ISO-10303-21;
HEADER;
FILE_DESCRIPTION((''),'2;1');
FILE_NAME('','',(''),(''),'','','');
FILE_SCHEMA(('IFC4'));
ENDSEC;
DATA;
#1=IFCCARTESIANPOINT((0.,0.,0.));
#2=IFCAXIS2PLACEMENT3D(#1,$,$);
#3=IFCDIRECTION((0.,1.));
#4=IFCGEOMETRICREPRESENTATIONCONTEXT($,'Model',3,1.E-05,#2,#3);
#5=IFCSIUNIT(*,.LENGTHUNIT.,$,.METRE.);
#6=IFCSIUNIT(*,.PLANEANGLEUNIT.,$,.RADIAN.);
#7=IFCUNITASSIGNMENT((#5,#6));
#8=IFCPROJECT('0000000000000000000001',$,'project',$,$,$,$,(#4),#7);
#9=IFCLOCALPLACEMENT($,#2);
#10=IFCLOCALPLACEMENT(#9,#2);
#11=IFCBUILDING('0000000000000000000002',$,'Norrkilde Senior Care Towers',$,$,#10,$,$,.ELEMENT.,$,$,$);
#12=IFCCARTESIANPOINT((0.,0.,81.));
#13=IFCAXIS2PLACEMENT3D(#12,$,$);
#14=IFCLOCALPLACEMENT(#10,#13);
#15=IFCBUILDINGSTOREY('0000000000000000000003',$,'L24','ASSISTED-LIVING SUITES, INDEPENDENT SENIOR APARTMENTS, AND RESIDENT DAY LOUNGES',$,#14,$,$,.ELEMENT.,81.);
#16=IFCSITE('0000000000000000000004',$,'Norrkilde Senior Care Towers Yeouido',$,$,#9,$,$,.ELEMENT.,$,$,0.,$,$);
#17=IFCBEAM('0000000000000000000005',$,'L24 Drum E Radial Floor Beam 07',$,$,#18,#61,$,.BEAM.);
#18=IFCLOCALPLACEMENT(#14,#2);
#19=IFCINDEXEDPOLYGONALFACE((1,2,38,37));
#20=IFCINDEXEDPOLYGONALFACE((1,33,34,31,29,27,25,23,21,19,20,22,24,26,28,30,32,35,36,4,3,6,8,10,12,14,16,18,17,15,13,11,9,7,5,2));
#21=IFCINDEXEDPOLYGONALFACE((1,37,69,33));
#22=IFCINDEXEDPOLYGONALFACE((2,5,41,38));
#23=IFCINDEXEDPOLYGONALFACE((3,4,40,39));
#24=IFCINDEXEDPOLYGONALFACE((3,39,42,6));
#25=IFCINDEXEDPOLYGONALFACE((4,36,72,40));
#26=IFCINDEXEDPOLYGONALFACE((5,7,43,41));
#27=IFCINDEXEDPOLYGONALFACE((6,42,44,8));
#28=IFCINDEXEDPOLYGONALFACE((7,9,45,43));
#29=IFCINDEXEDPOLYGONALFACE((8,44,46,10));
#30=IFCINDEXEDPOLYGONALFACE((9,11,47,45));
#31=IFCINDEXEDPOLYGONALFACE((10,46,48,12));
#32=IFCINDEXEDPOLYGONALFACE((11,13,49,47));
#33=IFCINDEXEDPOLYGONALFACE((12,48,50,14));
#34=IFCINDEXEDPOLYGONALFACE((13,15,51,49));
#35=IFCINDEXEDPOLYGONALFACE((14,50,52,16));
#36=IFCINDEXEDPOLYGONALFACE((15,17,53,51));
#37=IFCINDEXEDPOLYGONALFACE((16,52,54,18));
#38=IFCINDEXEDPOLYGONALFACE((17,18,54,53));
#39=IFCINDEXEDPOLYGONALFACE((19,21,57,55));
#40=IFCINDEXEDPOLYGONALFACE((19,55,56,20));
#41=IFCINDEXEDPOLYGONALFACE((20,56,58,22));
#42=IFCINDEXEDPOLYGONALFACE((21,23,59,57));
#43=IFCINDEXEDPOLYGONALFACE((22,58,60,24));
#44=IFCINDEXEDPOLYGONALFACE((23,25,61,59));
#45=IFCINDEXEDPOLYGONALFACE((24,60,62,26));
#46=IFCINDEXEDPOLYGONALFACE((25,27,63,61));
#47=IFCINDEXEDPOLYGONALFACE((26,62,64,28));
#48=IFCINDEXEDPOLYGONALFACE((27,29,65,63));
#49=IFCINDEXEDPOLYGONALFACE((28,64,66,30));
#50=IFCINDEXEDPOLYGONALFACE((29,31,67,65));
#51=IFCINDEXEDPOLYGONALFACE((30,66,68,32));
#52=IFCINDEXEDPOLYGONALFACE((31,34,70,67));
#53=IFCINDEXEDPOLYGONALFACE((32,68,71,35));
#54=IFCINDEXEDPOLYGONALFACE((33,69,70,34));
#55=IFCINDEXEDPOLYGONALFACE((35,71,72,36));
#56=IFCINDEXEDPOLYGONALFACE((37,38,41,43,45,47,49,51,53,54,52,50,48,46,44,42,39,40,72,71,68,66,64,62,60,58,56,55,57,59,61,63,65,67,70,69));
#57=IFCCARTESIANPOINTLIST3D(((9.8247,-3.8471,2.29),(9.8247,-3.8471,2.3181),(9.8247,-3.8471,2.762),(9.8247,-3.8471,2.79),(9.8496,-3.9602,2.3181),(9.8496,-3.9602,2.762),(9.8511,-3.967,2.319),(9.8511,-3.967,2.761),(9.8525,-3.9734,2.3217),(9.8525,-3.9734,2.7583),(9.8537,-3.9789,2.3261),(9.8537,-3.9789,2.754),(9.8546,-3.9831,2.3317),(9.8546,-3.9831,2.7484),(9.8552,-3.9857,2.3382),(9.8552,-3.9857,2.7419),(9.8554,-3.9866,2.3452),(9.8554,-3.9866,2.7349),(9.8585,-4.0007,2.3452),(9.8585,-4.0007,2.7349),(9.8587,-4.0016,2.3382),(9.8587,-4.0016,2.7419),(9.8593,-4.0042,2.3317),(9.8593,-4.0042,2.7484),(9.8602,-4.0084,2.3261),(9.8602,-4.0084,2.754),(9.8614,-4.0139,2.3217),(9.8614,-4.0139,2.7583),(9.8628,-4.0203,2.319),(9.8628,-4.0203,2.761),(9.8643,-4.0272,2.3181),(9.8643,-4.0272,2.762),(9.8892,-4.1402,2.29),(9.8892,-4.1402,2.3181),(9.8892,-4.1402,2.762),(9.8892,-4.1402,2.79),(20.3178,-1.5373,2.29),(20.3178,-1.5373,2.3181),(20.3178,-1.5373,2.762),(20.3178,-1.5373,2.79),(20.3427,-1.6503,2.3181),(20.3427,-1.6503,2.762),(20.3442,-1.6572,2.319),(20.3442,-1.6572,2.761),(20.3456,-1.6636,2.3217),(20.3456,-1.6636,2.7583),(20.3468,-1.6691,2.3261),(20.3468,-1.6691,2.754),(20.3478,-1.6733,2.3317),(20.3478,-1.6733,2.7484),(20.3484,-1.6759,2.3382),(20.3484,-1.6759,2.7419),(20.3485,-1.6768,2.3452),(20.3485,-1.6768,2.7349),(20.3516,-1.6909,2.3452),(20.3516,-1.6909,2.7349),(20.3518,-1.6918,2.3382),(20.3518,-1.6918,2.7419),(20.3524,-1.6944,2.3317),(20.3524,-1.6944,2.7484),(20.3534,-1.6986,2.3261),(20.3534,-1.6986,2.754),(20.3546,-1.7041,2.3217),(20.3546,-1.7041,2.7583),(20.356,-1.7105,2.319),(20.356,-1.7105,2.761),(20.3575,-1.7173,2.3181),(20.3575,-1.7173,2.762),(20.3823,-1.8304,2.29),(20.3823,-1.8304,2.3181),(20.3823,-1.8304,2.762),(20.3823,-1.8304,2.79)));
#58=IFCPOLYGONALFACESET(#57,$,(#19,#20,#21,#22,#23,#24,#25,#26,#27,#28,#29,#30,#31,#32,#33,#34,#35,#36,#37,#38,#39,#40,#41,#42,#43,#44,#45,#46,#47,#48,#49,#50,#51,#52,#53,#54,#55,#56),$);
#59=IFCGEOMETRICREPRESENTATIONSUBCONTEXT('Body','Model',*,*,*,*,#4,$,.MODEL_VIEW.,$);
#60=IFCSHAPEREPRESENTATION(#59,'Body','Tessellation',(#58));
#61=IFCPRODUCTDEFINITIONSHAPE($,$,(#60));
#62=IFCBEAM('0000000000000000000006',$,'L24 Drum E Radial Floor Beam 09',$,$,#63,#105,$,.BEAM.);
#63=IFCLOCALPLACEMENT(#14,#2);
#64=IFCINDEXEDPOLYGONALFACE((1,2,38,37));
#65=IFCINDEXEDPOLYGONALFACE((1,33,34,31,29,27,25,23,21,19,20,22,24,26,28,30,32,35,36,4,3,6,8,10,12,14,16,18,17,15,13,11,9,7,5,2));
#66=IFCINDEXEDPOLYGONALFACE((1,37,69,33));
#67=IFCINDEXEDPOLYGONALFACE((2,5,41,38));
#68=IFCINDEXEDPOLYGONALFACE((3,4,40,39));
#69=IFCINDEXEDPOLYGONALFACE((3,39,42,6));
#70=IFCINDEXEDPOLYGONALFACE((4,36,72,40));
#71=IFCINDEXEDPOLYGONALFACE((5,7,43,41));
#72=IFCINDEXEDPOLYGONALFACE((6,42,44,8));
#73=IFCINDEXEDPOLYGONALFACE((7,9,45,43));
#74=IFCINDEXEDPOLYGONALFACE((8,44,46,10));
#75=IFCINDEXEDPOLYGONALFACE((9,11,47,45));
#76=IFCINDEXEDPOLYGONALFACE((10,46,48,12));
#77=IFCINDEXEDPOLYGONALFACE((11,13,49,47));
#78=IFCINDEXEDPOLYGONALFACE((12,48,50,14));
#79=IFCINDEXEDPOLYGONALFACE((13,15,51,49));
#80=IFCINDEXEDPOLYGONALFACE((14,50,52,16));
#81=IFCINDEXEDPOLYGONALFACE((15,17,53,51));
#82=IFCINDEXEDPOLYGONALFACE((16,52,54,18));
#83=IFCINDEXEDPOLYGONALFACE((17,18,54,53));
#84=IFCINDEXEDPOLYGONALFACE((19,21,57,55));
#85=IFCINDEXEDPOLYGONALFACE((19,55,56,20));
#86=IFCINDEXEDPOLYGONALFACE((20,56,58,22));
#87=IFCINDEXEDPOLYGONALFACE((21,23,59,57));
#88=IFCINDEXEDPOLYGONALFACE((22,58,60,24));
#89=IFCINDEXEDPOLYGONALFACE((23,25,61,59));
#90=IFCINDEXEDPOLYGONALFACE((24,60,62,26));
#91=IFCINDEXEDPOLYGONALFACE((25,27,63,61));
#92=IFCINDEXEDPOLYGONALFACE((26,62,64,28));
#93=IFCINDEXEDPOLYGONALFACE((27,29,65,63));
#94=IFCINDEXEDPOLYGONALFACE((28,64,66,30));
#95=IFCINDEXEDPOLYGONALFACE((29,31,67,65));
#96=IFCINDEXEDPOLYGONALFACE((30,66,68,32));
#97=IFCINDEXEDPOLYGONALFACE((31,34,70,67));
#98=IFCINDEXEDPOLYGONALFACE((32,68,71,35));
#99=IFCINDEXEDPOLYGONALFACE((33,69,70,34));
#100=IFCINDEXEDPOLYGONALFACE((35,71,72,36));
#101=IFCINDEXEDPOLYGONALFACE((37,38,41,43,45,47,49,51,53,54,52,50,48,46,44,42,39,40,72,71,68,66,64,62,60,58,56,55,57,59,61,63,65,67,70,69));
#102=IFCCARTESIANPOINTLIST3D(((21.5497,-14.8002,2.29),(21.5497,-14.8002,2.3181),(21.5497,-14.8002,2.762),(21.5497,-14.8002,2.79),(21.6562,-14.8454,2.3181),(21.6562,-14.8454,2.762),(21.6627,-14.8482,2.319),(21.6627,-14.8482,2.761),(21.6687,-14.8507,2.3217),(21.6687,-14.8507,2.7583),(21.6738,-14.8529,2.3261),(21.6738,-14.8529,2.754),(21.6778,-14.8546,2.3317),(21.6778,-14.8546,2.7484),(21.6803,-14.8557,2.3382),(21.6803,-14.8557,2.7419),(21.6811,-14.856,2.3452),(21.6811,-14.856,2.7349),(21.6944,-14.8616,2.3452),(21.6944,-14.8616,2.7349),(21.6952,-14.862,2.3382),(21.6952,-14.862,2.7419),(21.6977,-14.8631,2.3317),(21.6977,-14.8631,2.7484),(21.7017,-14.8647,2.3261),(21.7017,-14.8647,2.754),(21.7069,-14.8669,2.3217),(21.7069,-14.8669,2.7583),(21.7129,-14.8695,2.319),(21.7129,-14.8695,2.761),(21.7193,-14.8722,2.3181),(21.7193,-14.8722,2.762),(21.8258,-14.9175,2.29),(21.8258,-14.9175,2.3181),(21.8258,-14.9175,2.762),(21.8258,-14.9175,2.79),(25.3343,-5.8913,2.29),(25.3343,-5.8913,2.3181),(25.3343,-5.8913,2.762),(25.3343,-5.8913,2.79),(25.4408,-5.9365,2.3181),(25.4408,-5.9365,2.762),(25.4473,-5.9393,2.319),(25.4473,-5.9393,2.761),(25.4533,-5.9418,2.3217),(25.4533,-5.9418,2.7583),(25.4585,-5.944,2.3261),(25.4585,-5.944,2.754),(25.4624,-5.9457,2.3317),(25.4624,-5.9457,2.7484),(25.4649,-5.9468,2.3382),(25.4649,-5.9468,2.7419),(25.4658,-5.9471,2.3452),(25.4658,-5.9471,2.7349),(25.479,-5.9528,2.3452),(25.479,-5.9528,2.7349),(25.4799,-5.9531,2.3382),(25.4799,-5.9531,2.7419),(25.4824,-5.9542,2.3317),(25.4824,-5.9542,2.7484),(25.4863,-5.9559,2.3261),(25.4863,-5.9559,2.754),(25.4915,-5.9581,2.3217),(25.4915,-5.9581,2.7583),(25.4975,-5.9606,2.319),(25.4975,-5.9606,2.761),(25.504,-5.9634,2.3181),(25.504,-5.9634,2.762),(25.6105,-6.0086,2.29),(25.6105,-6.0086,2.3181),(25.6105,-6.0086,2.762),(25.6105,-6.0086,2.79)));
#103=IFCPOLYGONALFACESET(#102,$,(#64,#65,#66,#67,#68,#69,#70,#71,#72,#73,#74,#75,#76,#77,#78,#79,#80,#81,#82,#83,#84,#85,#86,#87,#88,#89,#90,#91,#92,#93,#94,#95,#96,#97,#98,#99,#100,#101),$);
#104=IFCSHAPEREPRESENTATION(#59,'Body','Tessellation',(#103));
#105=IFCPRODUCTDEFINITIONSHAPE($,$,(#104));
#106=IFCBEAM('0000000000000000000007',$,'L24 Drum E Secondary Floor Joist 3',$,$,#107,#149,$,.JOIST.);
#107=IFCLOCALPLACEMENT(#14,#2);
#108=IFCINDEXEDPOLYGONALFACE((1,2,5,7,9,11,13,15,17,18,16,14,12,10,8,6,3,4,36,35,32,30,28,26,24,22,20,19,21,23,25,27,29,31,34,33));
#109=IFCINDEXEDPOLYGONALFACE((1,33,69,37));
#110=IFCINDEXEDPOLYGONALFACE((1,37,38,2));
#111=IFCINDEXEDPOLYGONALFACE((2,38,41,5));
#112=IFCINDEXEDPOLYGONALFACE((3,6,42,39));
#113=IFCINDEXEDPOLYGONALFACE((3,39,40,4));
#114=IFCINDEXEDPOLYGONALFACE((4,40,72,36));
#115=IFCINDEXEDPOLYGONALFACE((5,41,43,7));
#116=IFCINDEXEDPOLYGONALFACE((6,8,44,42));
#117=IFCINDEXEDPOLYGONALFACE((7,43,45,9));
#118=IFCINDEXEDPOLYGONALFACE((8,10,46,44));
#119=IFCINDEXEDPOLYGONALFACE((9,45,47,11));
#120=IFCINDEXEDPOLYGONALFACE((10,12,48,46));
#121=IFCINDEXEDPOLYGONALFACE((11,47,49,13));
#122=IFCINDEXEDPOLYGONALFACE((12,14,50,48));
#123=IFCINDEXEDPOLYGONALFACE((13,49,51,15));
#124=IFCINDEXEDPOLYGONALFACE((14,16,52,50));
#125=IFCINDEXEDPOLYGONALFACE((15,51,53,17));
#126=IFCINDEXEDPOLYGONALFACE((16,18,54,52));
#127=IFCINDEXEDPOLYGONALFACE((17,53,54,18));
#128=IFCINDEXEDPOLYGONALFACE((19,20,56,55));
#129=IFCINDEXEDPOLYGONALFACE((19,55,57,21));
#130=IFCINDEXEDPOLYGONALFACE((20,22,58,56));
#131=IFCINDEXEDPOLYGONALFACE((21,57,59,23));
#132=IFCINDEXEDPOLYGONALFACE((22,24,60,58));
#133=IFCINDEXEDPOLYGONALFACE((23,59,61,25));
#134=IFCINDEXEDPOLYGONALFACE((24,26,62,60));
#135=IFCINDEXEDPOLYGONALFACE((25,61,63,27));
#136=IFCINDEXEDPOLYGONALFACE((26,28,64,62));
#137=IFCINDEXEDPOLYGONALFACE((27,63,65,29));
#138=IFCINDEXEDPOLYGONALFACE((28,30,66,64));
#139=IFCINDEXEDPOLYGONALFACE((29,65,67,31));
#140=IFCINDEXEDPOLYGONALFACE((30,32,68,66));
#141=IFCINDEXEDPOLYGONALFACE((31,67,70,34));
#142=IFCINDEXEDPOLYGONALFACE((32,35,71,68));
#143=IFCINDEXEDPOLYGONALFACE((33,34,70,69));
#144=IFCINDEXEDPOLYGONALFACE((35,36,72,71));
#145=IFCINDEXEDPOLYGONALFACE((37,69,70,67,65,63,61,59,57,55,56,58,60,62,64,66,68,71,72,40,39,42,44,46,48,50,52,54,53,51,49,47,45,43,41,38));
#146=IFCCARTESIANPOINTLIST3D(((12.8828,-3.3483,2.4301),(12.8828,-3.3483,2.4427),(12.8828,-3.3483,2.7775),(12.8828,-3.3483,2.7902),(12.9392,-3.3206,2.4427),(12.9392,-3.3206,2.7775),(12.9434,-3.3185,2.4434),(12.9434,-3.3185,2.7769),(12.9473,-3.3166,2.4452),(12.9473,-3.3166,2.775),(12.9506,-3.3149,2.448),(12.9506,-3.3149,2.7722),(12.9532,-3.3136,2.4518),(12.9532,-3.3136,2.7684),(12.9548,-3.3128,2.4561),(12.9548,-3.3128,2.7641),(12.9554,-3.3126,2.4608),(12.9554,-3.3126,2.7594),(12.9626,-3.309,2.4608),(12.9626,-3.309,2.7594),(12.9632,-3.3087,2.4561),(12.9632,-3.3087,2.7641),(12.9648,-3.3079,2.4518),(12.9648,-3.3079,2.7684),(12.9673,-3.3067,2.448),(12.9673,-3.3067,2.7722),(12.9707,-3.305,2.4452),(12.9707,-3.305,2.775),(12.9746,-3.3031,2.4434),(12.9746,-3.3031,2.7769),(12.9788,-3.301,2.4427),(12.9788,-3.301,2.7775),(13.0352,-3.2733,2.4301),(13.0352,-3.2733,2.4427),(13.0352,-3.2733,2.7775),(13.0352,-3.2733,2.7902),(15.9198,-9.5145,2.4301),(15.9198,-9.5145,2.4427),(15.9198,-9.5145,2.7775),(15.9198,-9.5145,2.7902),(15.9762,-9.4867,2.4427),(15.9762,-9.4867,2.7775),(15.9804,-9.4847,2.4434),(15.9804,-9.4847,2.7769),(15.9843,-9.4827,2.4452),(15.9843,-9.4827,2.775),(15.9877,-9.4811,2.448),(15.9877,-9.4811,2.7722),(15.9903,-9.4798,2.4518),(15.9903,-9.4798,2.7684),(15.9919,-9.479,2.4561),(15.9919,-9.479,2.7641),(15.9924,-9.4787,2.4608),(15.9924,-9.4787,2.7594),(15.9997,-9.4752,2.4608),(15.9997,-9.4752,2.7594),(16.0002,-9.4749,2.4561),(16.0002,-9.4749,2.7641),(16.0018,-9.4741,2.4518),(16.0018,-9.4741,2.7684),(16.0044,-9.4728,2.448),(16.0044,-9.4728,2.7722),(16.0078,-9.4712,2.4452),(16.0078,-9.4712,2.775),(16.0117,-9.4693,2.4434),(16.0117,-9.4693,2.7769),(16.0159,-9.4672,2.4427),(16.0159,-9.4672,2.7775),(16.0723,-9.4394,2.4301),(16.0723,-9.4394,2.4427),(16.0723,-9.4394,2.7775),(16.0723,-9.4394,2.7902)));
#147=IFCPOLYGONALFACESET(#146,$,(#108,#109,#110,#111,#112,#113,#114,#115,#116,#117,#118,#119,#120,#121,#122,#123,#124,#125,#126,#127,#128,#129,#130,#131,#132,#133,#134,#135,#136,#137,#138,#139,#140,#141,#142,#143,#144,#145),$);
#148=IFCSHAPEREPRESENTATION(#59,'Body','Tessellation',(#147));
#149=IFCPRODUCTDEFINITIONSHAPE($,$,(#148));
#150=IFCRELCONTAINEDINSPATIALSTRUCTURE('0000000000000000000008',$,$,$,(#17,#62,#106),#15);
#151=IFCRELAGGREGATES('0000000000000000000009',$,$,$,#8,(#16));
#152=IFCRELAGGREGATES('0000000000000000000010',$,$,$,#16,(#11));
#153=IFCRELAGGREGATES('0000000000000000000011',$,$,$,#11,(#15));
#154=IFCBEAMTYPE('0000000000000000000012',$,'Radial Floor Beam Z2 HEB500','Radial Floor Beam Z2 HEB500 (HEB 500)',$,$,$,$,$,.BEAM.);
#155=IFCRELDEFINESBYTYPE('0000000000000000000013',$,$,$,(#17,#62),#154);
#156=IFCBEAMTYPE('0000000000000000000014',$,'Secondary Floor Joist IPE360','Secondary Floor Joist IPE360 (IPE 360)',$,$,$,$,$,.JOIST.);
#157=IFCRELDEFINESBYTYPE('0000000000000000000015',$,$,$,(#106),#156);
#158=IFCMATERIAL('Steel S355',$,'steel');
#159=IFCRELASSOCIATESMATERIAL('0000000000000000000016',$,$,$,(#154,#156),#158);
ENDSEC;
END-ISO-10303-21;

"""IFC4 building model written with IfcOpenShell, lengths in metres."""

from ifc_helpers import new_model, si_unit, direction, frame, origin, origin_2d, place, context, subcontext, project, spatial, i_section, extrude, source, transform, mapped, material, material_profile, profile_set, type_object, type_shapes, element, save


model = new_model("IFC4")

# Units and contexts
model_context = context("Model", 3, precision=1e-05, world=origin(), true_north=direction((0.0, 1.0)))
body_context = subcontext(model_context, "Body", "Model", "MODEL_VIEW")
ifc_project = project(units=[si_unit("LENGTHUNIT", "METRE"), si_unit("PLANEANGLEUNIT", "RADIAN")], contexts=[model_context])

# Site, building, storey
site_placement = place(None, origin())
site = spatial("IfcSite", under=ifc_project, at=site_placement, Name="Norrkilde Senior Care Towers Yeouido", CompositionType="ELEMENT", RefElevation=0.0)
building_placement = place(site_placement, origin())
building = spatial("IfcBuilding", under=site, at=building_placement, Name="Norrkilde Senior Care Towers", CompositionType="ELEMENT")
storey_placement = place(building_placement, frame((0.0, 0.0, 81.0)))
storey = spatial("IfcBuildingStorey", under=building, at=storey_placement, Name="L24", Description="ASSISTED-LIVING SUITES, INDEPENDENT SENIOR APARTMENTS, AND RESIDENT DAY LOUNGES", CompositionType="ELEMENT", Elevation=81.0)

# Beams
ifc_material_1 = material(Name="Steel S355", Category="steel")
ifc_material_profile_1 = material_profile(ifc_material_1, i_section(OverallWidth=0.3, OverallDepth=0.5, WebThickness=0.0144, FlangeThickness=0.0281, FilletRadius=0.0271, at=origin_2d()), Name="HEB 500")
ifc_profile_set_1 = profile_set([ifc_material_profile_1], Name="Steel S355")
beam_type_1 = type_object("IfcBeamType", Name="Radial Floor Beam Z2 HEB500", Description="Radial Floor Beam Z2 HEB500 (HEB 500)", PredefinedType="BEAM", material=ifc_profile_set_1)
shared_shape_1 = source(origin(), body_context, "Body", "SweptSolid", [
    extrude(i_section(OverallWidth=0.3, OverallDepth=0.5, WebThickness=0.0144, FlangeThickness=0.0281, FilletRadius=0.0271, at=origin_2d()), origin(), (0.0, 0.0, 1.0), 10.7444),
])
beam_1_placement = place(storey_placement, frame((20.3501, -1.6838, 2.54), z_axis=(-0.976619, -0.214979, 0.0), x_axis=(0.214979, -0.976619, 0.0)))
element("IfcBeam", 1, at=beam_1_placement, inside=storey, type_object=beam_type_1, Name="L24 Drum E Radial Floor Beam 07", PredefinedType="BEAM", context=body_context, shape_type="MappedRepresentation", body=[
    mapped(shared_shape_1, transform((0.0, 0.0, 0.0), x_axis=(1.0, 0.0, 0.0), y_axis=(0.0, 1.0, 0.0), z_axis=(0.0, 0.0, 1.0), scale=1.0)),
])
shared_shape_2 = source(origin(), body_context, "Body", "SweptSolid", [
    extrude(i_section(OverallWidth=0.3, OverallDepth=0.5, WebThickness=0.0144, FlangeThickness=0.0281, FilletRadius=0.0271, at=origin_2d()), origin(), (0.0, 0.0, 1.0), 9.6794),
])
type_shapes(beam_type_1, [shared_shape_1, shared_shape_2])
beam_2_placement = place(storey_placement, frame((25.4724, -5.95, 2.54), z_axis=(-0.390998, -0.920392, 0.0), x_axis=(0.920392, -0.390998, 0.0)))
element("IfcBeam", 2, at=beam_2_placement, inside=storey, type_object=beam_type_1, Name="L24 Drum E Radial Floor Beam 09", PredefinedType="BEAM", context=body_context, shape_type="MappedRepresentation", body=[
    mapped(shared_shape_2, transform((0.0, 0.0, 0.0), x_axis=(1.0, 0.0, 0.0), y_axis=(0.0, 1.0, 0.0), z_axis=(0.0, 0.0, 1.0), scale=1.0)),
])
ifc_material_profile_2 = material_profile(ifc_material_1, i_section(OverallWidth=0.1699, OverallDepth=0.3601, WebThickness=0.0081, FlangeThickness=0.0127, FilletRadius=0.0181, at=origin_2d()), Name="IPE 360")
ifc_profile_set_2 = profile_set([ifc_material_profile_2], Name="Steel S355")
beam_type_2 = type_object("IfcBeamType", Name="Secondary Floor Joist IPE360", Description="Secondary Floor Joist IPE360 (IPE 360)", PredefinedType="JOIST", material=ifc_profile_set_2)
shared_shape_3 = source(origin(), body_context, "Body", "SweptSolid", [
    extrude(i_section(OverallWidth=0.1699, OverallDepth=0.3601, WebThickness=0.0081, FlangeThickness=0.0127, FilletRadius=0.0181, at=origin_2d()), origin(), (0.0, 0.0, 1.0), 6.8735),
])
type_shapes(beam_type_2, [shared_shape_3])
beam_3_placement = place(storey_placement, frame((12.959, -3.3108, 2.6101), z_axis=(0.441849, -0.897089, 0.0), x_axis=(0.897089, 0.441849, 0.0)))
element("IfcBeam", 3, at=beam_3_placement, inside=storey, type_object=beam_type_2, Name="L24 Drum E Secondary Floor Joist 3", PredefinedType="JOIST", context=body_context, shape_type="MappedRepresentation", body=[
    mapped(shared_shape_3, transform((0.0, 0.0, 0.0), x_axis=(1.0, 0.0, 0.0), y_axis=(0.0, 1.0, 0.0), z_axis=(0.0, 0.0, 1.0), scale=1.0)),
])

save(model, "model.ifc")
